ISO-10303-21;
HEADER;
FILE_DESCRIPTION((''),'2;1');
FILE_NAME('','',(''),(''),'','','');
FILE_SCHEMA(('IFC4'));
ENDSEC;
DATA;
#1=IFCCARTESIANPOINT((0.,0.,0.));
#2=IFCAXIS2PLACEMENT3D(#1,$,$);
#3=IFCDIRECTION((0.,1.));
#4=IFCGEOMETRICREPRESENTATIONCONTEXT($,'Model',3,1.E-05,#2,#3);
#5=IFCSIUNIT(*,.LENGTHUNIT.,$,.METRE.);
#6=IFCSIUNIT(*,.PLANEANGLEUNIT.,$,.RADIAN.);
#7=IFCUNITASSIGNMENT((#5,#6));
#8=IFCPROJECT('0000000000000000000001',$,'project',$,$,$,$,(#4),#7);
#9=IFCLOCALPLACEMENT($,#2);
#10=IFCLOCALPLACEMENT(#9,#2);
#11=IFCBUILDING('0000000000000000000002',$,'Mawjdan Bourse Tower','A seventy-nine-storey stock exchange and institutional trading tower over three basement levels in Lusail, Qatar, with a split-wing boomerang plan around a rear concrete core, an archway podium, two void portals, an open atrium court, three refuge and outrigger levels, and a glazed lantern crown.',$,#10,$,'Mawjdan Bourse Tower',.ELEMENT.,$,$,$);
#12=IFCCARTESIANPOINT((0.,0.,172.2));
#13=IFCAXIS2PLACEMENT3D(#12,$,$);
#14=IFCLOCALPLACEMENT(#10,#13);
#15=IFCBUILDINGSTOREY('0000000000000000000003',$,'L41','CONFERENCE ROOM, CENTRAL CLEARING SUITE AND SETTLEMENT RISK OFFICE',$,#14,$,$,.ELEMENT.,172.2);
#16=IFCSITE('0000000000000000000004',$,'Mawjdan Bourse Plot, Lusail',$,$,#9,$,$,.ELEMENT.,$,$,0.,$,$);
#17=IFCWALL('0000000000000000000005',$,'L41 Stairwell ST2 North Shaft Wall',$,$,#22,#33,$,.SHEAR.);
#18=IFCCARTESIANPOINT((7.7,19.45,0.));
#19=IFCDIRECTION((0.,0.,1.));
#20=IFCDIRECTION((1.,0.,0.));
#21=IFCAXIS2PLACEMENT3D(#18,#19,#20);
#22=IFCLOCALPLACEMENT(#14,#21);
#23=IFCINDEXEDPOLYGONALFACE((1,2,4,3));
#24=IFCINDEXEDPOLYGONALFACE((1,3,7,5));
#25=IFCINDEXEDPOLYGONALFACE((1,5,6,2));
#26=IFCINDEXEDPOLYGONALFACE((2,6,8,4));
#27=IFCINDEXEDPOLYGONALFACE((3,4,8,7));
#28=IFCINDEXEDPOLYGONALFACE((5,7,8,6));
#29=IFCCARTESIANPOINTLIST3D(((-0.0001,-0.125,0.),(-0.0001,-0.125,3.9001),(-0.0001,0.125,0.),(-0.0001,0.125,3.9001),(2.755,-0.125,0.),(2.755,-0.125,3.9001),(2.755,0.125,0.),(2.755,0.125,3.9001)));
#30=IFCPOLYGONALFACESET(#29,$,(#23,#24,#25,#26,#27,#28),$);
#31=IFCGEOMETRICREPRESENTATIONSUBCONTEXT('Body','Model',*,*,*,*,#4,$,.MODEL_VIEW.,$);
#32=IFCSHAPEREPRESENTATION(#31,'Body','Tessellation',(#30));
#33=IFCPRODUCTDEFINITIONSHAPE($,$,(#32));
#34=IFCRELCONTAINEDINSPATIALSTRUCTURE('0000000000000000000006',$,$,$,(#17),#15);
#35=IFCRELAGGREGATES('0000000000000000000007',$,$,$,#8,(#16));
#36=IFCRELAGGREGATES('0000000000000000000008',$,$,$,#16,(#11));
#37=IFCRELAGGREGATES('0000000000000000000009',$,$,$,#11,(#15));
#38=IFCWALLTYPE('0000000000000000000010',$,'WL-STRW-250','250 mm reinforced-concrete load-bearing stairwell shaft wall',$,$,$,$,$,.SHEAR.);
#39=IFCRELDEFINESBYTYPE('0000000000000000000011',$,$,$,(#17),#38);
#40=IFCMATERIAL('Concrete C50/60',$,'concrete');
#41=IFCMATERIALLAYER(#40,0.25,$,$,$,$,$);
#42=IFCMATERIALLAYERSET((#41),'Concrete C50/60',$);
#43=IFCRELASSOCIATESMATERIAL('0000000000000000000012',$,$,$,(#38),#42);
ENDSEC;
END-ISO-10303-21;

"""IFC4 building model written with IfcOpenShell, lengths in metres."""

from ifc_helpers import new_model, si_unit, direction, frame, frame_2d, origin, place, context, subcontext, project, spatial, rectangle, extrude, material, layer, layer_set, type_object, element, save


model = new_model("IFC4")

# Units and contexts
model_context = context("Model", 3, precision=1e-05, world=origin(), true_north=direction((0.0, 1.0)))
body_context = subcontext(model_context, "Body", "Model", "MODEL_VIEW")
ifc_project = project(units=[si_unit("LENGTHUNIT", "METRE"), si_unit("PLANEANGLEUNIT", "RADIAN")], contexts=[model_context])

# Site, building, storey
site_placement = place(None, origin())
site = spatial("IfcSite", under=ifc_project, at=site_placement, Name="Mawjdan Bourse Plot, Lusail", CompositionType="ELEMENT", RefElevation=0.0)
building_placement = place(site_placement, origin())
building = spatial("IfcBuilding", under=site, at=building_placement, Name="Mawjdan Bourse Tower", Description="A seventy-nine-storey stock exchange and institutional trading tower over three basement levels in Lusail, Qatar, with a split-wing boomerang plan around a rear concrete core, an archway podium, two void portals, an open atrium court, three refuge and outrigger levels, and a glazed lantern crown.", LongName="Mawjdan Bourse Tower", CompositionType="ELEMENT")
storey_placement = place(building_placement, frame((0.0, 0.0, 172.2)))
storey = spatial("IfcBuildingStorey", under=building, at=storey_placement, Name="L41", Description="CONFERENCE ROOM, CENTRAL CLEARING SUITE AND SETTLEMENT RISK OFFICE", CompositionType="ELEMENT", Elevation=172.2)

# Wall
ifc_material_1 = material(Name="Concrete C50/60", Category="concrete")
ifc_layer_1 = layer(ifc_material_1, 0.25)
ifc_layer_set_1 = layer_set([ifc_layer_1], Name="Concrete C50/60")
wall_type_1 = type_object("IfcWallType", Name="WL-STRW-250", Description="250 mm reinforced-concrete load-bearing stairwell shaft wall", PredefinedType="SHEAR", material=ifc_layer_set_1)
wall_1_placement = place(storey_placement, frame((7.7, 19.45, 0.0), z_axis=(0.0, 0.0, 1.0), x_axis=(1.0, 0.0, 0.0)))
element("IfcWall", 1, at=wall_1_placement, inside=storey, type_object=wall_type_1, Name="L41 Stairwell ST2 North Shaft Wall", PredefinedType="SHEAR", context=body_context, shape_type="SweptSolid", body=[
    extrude(rectangle(XDim=2.7551, YDim=0.25, at=frame_2d((1.3774, 0.0))), origin(), (0.0, 0.0, 1.0), 3.9001),
])

save(model, "model.ifc")
